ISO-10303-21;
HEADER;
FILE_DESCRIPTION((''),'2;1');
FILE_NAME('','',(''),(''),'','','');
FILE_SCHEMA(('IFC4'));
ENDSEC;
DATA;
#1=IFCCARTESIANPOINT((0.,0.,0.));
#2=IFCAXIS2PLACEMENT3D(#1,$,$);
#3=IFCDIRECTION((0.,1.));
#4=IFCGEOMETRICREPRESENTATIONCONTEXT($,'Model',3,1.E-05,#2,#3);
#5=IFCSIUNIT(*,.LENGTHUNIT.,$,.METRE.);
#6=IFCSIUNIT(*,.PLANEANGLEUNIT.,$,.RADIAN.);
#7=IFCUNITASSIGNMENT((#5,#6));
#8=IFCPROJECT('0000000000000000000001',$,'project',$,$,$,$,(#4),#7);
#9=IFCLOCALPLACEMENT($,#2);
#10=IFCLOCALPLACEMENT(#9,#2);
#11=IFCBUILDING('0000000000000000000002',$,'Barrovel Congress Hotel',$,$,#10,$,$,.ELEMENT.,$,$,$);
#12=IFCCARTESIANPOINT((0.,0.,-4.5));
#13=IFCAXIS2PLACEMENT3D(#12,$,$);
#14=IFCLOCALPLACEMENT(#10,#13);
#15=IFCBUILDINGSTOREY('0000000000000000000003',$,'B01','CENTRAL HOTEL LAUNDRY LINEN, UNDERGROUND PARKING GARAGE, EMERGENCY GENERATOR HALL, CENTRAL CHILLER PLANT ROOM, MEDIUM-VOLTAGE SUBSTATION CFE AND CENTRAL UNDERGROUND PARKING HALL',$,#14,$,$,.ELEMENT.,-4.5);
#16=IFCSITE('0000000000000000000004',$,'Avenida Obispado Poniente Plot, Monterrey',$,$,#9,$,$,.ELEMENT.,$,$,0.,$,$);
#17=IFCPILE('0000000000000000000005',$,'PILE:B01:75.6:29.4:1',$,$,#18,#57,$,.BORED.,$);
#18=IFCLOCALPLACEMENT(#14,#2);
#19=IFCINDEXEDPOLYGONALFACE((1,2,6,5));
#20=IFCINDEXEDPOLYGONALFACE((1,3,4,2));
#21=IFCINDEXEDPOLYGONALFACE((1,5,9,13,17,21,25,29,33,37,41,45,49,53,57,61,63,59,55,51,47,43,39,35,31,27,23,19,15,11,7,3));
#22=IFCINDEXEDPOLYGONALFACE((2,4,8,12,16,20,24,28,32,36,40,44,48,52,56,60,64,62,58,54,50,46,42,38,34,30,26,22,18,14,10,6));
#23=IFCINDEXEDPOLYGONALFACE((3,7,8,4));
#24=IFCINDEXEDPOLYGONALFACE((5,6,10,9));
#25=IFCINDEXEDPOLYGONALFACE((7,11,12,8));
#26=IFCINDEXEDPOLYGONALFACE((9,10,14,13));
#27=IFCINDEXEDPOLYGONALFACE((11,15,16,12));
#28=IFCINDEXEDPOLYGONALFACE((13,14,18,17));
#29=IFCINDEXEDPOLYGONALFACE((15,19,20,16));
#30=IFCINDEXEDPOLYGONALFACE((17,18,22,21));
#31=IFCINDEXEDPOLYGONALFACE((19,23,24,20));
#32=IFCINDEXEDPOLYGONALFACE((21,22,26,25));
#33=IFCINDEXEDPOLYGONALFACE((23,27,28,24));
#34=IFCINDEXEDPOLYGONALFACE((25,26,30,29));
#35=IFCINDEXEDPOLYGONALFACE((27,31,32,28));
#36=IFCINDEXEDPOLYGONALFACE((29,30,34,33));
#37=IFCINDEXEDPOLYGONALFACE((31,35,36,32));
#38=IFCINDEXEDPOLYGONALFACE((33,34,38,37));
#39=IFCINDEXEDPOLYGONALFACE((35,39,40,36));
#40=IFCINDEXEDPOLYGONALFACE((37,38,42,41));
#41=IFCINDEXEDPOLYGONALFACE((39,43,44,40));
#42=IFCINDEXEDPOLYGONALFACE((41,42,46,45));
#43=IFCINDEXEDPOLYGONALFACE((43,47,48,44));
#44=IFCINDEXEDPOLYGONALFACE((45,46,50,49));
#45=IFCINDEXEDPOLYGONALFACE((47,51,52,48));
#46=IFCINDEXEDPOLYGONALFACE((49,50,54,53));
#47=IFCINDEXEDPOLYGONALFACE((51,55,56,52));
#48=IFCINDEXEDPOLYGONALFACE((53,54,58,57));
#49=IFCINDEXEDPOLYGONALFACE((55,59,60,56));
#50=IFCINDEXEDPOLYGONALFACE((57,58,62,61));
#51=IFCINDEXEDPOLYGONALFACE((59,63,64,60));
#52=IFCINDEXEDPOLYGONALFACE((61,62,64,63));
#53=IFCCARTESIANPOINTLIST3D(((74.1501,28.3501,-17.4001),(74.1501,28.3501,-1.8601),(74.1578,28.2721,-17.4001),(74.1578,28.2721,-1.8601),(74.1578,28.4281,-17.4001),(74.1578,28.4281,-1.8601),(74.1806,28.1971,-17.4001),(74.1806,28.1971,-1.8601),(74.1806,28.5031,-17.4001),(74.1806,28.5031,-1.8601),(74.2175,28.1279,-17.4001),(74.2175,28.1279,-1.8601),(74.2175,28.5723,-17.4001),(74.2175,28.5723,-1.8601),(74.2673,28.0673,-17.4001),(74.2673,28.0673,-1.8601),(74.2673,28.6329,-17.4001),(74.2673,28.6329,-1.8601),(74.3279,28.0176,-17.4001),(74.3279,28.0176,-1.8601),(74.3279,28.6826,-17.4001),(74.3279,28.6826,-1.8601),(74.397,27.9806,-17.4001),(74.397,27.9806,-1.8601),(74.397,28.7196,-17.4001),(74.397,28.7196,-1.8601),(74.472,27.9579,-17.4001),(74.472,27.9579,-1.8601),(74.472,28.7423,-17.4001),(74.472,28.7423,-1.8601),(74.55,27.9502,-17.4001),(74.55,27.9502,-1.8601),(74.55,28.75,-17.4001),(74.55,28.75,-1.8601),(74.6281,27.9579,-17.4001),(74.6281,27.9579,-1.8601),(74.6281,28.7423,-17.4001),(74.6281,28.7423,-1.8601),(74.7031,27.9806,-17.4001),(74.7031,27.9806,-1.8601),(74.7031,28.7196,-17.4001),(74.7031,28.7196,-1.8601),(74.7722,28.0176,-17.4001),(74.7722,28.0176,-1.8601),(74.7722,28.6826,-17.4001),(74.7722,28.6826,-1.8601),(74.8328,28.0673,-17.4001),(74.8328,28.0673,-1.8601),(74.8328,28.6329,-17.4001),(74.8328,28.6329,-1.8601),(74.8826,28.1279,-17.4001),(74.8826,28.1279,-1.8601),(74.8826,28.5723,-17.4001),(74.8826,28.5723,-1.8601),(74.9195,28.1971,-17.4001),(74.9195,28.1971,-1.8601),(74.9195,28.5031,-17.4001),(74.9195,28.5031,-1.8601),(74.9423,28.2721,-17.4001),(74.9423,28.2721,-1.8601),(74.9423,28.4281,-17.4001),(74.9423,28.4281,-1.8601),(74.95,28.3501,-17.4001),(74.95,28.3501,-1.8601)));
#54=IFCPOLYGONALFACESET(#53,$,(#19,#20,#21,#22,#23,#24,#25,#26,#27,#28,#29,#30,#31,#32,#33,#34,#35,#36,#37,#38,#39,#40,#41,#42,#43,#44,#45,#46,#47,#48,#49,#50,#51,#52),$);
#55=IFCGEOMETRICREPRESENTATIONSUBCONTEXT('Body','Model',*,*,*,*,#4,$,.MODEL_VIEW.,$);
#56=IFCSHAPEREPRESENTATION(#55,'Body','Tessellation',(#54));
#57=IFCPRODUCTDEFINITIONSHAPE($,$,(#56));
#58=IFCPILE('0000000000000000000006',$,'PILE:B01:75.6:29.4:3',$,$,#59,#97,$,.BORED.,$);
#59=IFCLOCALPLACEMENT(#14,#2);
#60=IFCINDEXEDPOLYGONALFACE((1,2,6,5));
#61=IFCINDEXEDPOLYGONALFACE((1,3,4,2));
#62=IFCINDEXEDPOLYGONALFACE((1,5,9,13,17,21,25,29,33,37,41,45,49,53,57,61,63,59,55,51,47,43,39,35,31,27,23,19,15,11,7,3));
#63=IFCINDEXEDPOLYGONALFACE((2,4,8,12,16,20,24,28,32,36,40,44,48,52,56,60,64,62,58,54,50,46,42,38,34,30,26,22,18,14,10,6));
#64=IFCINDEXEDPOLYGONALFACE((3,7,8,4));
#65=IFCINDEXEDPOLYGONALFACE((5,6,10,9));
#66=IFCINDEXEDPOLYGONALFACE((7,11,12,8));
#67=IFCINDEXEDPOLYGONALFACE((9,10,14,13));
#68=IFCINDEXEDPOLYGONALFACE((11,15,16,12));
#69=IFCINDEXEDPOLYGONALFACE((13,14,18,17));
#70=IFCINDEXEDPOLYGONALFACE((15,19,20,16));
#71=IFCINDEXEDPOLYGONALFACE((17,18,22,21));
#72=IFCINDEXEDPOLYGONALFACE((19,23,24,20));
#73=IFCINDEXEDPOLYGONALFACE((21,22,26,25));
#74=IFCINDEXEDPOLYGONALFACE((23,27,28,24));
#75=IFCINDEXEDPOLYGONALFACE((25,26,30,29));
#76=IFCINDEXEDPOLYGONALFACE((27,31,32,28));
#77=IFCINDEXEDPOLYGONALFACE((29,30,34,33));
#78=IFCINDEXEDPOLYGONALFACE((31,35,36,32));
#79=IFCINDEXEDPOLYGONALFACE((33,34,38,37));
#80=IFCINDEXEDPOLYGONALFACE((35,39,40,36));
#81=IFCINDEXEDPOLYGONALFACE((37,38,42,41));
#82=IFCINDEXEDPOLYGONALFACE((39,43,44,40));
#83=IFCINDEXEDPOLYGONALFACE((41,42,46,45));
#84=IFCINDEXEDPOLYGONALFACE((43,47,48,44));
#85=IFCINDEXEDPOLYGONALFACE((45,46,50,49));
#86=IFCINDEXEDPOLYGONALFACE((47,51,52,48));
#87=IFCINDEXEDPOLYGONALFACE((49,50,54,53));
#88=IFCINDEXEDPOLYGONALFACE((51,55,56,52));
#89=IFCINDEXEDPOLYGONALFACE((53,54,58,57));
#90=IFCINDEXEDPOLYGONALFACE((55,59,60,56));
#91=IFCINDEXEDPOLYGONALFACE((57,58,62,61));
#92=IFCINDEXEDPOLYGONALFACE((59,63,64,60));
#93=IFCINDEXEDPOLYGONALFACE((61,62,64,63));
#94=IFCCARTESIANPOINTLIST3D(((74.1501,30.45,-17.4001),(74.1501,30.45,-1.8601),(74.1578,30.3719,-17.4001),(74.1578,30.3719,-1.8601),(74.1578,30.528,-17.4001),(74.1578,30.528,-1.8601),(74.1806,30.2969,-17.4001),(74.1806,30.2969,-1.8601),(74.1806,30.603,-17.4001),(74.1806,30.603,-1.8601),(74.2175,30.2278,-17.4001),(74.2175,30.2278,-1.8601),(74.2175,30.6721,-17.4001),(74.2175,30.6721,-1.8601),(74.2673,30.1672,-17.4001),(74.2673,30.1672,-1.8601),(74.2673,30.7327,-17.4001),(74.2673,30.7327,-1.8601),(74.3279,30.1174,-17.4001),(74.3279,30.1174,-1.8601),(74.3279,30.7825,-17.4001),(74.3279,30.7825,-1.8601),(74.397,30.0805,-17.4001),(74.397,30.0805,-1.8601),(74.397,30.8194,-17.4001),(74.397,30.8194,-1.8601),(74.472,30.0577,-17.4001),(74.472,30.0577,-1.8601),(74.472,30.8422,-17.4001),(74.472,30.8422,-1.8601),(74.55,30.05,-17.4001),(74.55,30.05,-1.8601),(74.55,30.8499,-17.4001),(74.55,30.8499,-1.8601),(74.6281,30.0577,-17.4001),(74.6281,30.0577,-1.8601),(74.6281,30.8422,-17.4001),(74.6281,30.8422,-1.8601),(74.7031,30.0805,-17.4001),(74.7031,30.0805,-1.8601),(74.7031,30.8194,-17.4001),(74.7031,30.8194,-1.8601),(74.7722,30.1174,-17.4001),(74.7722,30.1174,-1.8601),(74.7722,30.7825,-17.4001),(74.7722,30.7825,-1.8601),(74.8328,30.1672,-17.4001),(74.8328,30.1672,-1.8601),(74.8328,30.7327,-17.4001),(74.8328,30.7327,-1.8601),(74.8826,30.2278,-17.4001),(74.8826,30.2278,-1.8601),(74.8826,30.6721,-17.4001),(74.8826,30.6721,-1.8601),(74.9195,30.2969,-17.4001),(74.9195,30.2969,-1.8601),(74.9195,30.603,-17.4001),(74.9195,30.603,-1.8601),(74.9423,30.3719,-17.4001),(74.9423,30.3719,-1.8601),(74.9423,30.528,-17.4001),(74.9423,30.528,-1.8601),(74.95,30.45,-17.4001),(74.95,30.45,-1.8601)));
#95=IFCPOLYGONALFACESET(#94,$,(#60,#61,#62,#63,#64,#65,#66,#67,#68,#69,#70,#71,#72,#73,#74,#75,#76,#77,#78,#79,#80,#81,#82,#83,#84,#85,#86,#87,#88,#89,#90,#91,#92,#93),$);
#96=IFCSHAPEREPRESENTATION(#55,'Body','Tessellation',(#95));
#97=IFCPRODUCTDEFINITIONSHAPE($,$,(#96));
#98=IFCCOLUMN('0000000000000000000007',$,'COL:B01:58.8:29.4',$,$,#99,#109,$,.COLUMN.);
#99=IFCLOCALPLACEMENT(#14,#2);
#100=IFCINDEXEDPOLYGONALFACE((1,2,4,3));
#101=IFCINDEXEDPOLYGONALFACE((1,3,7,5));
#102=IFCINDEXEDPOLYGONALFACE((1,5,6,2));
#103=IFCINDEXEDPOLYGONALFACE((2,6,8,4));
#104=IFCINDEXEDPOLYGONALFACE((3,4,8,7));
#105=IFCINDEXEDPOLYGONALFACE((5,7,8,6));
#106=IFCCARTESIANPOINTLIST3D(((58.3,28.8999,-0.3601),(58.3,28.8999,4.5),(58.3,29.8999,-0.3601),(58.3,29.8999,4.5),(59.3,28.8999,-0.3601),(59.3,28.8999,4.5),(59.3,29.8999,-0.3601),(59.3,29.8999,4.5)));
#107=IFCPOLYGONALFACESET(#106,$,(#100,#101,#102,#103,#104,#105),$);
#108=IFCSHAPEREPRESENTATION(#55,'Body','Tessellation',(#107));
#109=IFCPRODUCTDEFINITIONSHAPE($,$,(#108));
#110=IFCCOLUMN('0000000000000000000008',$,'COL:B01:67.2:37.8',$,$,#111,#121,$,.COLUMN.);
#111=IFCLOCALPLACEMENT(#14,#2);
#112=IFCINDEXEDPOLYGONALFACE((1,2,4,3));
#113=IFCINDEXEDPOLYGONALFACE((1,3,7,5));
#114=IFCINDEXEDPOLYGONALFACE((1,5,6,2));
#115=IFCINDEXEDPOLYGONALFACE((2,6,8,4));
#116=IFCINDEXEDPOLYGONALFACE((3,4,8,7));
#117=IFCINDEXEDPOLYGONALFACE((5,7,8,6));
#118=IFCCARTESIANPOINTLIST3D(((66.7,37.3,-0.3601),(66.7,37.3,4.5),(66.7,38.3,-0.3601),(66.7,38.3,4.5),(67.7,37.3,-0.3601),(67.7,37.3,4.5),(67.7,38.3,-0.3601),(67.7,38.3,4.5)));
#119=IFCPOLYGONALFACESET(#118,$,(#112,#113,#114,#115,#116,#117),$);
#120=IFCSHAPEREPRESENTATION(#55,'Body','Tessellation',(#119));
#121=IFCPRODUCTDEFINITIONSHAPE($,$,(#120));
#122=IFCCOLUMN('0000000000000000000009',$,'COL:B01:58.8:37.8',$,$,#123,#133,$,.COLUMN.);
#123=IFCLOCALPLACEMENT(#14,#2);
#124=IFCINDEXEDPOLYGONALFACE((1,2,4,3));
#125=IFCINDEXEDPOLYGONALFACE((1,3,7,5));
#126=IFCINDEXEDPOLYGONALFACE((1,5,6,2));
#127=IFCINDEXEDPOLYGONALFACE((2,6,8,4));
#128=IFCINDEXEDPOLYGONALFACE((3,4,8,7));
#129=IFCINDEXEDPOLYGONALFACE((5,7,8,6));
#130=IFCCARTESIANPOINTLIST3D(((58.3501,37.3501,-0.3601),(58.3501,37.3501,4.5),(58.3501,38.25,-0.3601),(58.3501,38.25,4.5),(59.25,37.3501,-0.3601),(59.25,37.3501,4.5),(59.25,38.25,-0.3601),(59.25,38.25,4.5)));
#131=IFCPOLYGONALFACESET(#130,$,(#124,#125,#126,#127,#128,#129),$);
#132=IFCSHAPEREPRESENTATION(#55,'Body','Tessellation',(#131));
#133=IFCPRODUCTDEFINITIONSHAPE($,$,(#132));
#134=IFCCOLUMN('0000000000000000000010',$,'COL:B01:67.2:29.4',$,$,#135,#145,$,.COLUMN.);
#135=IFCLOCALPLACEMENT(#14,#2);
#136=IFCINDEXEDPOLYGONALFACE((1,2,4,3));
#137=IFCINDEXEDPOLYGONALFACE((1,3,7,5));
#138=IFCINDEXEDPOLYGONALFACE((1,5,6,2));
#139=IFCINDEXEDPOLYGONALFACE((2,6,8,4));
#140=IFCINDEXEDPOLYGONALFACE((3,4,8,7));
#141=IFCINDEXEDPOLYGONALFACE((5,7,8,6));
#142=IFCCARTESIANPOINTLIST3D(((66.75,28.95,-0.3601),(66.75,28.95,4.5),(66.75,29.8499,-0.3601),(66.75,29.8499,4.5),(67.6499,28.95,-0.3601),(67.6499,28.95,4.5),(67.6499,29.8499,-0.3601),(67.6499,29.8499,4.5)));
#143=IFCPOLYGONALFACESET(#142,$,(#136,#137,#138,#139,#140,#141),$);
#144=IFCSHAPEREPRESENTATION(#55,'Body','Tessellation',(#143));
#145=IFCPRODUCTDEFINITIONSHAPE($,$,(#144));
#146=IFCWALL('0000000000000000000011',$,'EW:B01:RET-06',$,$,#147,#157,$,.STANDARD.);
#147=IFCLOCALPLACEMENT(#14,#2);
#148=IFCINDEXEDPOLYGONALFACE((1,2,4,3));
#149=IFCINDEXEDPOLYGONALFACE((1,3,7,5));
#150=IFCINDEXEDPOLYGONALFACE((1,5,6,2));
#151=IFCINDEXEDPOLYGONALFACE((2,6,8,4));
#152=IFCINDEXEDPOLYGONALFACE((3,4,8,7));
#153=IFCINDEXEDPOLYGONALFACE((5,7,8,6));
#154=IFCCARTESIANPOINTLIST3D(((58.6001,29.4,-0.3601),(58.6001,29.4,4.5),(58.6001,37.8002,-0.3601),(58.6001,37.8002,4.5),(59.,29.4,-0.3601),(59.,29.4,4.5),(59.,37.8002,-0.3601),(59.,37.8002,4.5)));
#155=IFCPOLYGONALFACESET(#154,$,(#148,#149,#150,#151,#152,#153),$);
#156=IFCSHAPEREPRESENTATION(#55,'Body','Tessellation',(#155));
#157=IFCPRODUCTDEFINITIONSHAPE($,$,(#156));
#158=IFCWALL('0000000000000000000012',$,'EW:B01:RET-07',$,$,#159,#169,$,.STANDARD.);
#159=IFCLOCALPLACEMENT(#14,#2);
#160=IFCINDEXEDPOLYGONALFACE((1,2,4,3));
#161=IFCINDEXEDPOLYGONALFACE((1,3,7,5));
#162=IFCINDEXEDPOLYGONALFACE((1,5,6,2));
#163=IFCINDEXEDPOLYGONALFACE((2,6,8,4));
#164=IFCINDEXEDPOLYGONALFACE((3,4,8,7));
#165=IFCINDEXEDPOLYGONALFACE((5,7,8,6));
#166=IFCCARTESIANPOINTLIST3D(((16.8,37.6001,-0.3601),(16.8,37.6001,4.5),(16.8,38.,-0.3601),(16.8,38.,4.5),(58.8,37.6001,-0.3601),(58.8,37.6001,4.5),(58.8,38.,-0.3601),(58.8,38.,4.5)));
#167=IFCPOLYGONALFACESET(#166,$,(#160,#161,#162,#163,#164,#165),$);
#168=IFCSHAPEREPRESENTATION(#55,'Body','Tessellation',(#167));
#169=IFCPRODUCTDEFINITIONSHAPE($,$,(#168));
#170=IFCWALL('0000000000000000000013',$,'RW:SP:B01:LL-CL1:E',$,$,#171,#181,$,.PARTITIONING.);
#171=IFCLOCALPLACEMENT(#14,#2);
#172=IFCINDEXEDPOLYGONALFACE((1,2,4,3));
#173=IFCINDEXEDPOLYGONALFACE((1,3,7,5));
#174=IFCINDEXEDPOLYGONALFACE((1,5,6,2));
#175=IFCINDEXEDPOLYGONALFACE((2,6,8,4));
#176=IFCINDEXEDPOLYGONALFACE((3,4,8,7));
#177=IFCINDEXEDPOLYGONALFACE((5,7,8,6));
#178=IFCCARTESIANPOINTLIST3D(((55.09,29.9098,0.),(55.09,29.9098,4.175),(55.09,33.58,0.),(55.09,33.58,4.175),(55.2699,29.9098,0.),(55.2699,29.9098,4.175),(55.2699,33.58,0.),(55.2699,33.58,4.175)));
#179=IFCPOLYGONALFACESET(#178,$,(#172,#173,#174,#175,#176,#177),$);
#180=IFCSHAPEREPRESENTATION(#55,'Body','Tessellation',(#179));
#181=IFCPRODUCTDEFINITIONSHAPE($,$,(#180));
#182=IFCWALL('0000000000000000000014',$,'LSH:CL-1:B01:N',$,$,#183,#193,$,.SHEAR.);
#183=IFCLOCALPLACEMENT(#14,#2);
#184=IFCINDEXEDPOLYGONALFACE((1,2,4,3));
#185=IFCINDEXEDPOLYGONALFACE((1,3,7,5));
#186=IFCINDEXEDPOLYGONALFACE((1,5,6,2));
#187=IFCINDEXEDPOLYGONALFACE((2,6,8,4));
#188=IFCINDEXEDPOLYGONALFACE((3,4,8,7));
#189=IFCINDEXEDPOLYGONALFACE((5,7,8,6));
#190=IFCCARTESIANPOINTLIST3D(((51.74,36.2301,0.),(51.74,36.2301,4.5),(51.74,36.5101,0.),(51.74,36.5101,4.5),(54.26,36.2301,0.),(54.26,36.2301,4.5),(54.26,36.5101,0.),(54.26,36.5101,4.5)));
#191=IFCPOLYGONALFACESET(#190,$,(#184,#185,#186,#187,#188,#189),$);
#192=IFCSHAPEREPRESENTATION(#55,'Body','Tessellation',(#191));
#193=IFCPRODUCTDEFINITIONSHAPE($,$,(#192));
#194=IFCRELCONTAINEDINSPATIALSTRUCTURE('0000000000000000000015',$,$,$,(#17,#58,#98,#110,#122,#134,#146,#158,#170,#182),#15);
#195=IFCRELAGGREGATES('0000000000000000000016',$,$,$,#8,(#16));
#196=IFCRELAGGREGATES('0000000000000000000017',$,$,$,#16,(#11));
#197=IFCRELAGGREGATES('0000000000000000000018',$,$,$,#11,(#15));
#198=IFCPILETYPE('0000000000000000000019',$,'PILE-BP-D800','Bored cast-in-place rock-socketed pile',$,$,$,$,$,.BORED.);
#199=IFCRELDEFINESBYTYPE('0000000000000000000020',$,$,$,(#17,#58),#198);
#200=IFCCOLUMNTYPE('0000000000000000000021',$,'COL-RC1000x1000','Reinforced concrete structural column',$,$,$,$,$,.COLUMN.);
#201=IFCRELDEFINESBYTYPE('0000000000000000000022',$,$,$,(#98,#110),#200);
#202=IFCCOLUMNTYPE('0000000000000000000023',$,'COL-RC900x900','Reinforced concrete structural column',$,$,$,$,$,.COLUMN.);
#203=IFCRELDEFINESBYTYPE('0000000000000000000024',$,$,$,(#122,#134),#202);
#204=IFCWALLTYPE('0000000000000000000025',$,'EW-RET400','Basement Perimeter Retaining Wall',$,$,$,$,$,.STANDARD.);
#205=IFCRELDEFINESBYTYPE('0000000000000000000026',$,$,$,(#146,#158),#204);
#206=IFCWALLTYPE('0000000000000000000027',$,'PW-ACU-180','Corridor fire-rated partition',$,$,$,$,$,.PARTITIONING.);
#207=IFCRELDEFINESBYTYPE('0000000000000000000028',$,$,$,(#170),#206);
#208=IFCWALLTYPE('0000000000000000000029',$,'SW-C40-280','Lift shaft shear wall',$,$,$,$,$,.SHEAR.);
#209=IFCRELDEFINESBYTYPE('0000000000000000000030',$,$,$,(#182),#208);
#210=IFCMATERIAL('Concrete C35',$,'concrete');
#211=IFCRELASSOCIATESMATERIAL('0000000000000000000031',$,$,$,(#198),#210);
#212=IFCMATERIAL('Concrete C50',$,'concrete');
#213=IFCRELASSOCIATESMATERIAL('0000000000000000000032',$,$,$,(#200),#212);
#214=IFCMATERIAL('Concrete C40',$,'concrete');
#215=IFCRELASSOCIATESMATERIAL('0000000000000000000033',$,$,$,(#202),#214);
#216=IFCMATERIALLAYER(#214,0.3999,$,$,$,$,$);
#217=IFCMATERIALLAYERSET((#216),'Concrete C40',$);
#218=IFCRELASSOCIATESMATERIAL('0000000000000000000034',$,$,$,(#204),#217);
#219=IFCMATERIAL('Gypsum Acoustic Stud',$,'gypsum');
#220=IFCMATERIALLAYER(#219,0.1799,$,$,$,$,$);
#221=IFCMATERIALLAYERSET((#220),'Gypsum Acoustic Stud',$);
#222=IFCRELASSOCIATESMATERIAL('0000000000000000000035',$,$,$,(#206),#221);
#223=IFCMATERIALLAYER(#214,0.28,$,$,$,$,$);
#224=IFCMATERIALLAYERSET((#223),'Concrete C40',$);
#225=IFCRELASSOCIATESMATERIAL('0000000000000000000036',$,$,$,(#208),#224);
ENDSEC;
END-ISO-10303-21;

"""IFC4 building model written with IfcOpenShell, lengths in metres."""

from ifc_helpers import new_model, si_unit, direction, frame, frame_2d, origin, origin_2d, place, context, subcontext, project, spatial, rectangle, circle, extrude, material, layer, layer_set, material_profile, profile_set, type_object, element, save


model = new_model("IFC4")

# Units and contexts
model_context = context("Model", 3, precision=1e-05, world=origin(), true_north=direction((0.0, 1.0)))
body_context = subcontext(model_context, "Body", "Model", "MODEL_VIEW")
ifc_project = project(units=[si_unit("LENGTHUNIT", "METRE"), si_unit("PLANEANGLEUNIT", "RADIAN")], contexts=[model_context])

# Site, building, storey
site_placement = place(None, origin())
site = spatial("IfcSite", under=ifc_project, at=site_placement, Name="Avenida Obispado Poniente Plot, Monterrey", CompositionType="ELEMENT", RefElevation=0.0)
building_placement = place(site_placement, origin())
building = spatial("IfcBuilding", under=site, at=building_placement, Name="Barrovel Congress Hotel", CompositionType="ELEMENT")
storey_placement = place(building_placement, frame((0.0, 0.0, -4.5)))
storey = spatial("IfcBuildingStorey", under=building, at=storey_placement, Name="B01", Description="CENTRAL HOTEL LAUNDRY LINEN, UNDERGROUND PARKING GARAGE, EMERGENCY GENERATOR HALL, CENTRAL CHILLER PLANT ROOM, MEDIUM-VOLTAGE SUBSTATION CFE AND CENTRAL UNDERGROUND PARKING HALL", CompositionType="ELEMENT", Elevation=-4.5)

# Shared definitions
ifc_material_1 = material(Name="Concrete C40", Category="concrete")

# Piles
ifc_material_2 = material(Name="Concrete C35", Category="concrete")
ifc_material_profile_1 = material_profile(ifc_material_2, circle(Radius=0.3999, at=origin_2d()), Name="BP-D800")
ifc_profile_set_1 = profile_set([ifc_material_profile_1], Name="Concrete C35")
pile_type = type_object("IfcPileType", Name="PILE-BP-D800", Description="Bored cast-in-place rock-socketed pile", PredefinedType="BORED", material=ifc_profile_set_1)
for number, where, z_axis, x_axis, name in (
    (1, (74.55, 28.3501, -1.8601), (0.0, 0.0, -1.0), (1.0, 0.0, 0.0), "PILE:B01:75.6:29.4:1"),
    (2, (74.55, 30.45, -1.8601), (0.0, 0.0, -1.0), (1.0, 0.0, 0.0), "PILE:B01:75.6:29.4:3"),
):
    element("IfcPile", number, at=place(storey_placement, frame(where, z_axis=z_axis, x_axis=x_axis)), inside=storey, type_object=pile_type, Name=name, PredefinedType="BORED", context=body_context, shape_type="SweptSolid", body=[
        extrude(circle(Radius=0.3999, at=origin_2d()), origin(), (0.0, 0.0, 1.0), 15.54),
    ])

# Columns
ifc_material_3 = material(Name="Concrete C50", Category="concrete")
ifc_material_profile_2 = material_profile(ifc_material_3, rectangle(XDim=1.0, YDim=1.0, at=origin_2d()), Name="RC1000x1000")
ifc_profile_set_2 = profile_set([ifc_material_profile_2], Name="Concrete C50")
column_type_1 = type_object("IfcColumnType", Name="COL-RC1000x1000", Description="Reinforced concrete structural column", PredefinedType="COLUMN", material=ifc_profile_set_2)
for number, where, z_axis, x_axis, name in (
    (3, (58.8, 29.3999, -0.3601), (0.0, 0.0, 1.0), (1.0, 0.0, 0.0), "COL:B01:58.8:29.4"),
    (4, (67.2, 37.8, -0.3601), (0.0, 0.0, 1.0), (1.0, 0.0, 0.0), "COL:B01:67.2:37.8"),
):
    element("IfcColumn", number, at=place(storey_placement, frame(where, z_axis=z_axis, x_axis=x_axis)), inside=storey, type_object=column_type_1, Name=name, PredefinedType="COLUMN", context=body_context, shape_type="SweptSolid", body=[
        extrude(rectangle(XDim=1.0, YDim=1.0, at=origin_2d()), origin(), (0.0, 0.0, 1.0), 4.8601),
    ])
ifc_material_profile_3 = material_profile(ifc_material_1, rectangle(XDim=0.8999, YDim=0.8999, at=origin_2d()), Name="RC900x900")
ifc_profile_set_3 = profile_set([ifc_material_profile_3], Name="Concrete C40")
column_type_2 = type_object("IfcColumnType", Name="COL-RC900x900", Description="Reinforced concrete structural column", PredefinedType="COLUMN", material=ifc_profile_set_3)
for number, where, z_axis, x_axis, name in (
    (5, (58.8, 37.8, -0.3601), (0.0, 0.0, 1.0), (1.0, 0.0, 0.0), "COL:B01:58.8:37.8"),
    (6, (67.2, 29.3999, -0.3601), (0.0, 0.0, 1.0), (1.0, 0.0, 0.0), "COL:B01:67.2:29.4"),
):
    element("IfcColumn", number, at=place(storey_placement, frame(where, z_axis=z_axis, x_axis=x_axis)), inside=storey, type_object=column_type_2, Name=name, PredefinedType="COLUMN", context=body_context, shape_type="SweptSolid", body=[
        extrude(rectangle(XDim=0.8999, YDim=0.8999, at=origin_2d()), origin(), (0.0, 0.0, 1.0), 4.8601),
    ])

# Walls
ifc_layer_1 = layer(ifc_material_1, 0.3999)
ifc_layer_set_1 = layer_set([ifc_layer_1], Name="Concrete C40")
wall_type_1 = type_object("IfcWallType", Name="EW-RET400", Description="Basement Perimeter Retaining Wall", PredefinedType="STANDARD", material=ifc_layer_set_1)
wall_1_placement = place(storey_placement, frame((58.8, 29.3999, -0.3601), z_axis=(0.0, 0.0, 1.0), x_axis=(0.0, 1.0, 0.0)))
element("IfcWall", 7, at=wall_1_placement, inside=storey, type_object=wall_type_1, Name="EW:B01:RET-06", PredefinedType="STANDARD", context=body_context, shape_type="SweptSolid", body=[
    extrude(rectangle(XDim=8.4001, YDim=0.3999, at=frame_2d((4.2002, 0.0))), origin(), (0.0, 0.0, 1.0), 4.8601),
])
wall_2_placement = place(storey_placement, frame((58.8, 37.8, -0.3601), z_axis=(0.0, 0.0, 1.0), x_axis=(-1.0, 0.0, 0.0)))
element("IfcWall", 8, at=wall_2_placement, inside=storey, type_object=wall_type_1, Name="EW:B01:RET-07", PredefinedType="STANDARD", context=body_context, shape_type="SweptSolid", body=[
    extrude(rectangle(XDim=42.0, YDim=0.3999, at=frame_2d((21.0, 0.0))), origin(), (0.0, 0.0, 1.0), 4.8601),
])
ifc_material_4 = material(Name="Gypsum Acoustic Stud", Category="gypsum")
ifc_layer_2 = layer(ifc_material_4, 0.1799)
ifc_layer_set_2 = layer_set([ifc_layer_2], Name="Gypsum Acoustic Stud")
wall_type_2 = type_object("IfcWallType", Name="PW-ACU-180", Description="Corridor fire-rated partition", PredefinedType="PARTITIONING", material=ifc_layer_set_2)
wall_3_placement = place(storey_placement, frame((55.1799, 29.9099, 0.0), z_axis=(0.0, 0.0, 1.0), x_axis=(0.0, 1.0, 0.0)))
element("IfcWall", 9, at=wall_3_placement, inside=storey, type_object=wall_type_2, Name="RW:SP:B01:LL-CL1:E", PredefinedType="PARTITIONING", context=body_context, shape_type="SweptSolid", body=[
    extrude(rectangle(XDim=3.6702, YDim=0.1799, at=frame_2d((1.835, 0.0))), origin(), (0.0, 0.0, 1.0), 4.175),
])
ifc_layer_3 = layer(ifc_material_1, 0.28)
ifc_layer_set_3 = layer_set([ifc_layer_3], Name="Concrete C40")
wall_type_3 = type_object("IfcWallType", Name="SW-C40-280", Description="Lift shaft shear wall", PredefinedType="SHEAR", material=ifc_layer_set_3)
wall_4_placement = place(storey_placement, frame((54.26, 36.3701, 0.0), z_axis=(0.0, 0.0, 1.0), x_axis=(-1.0, 0.0, 0.0)))
element("IfcWall", 10, at=wall_4_placement, inside=storey, type_object=wall_type_3, Name="LSH:CL-1:B01:N", PredefinedType="SHEAR", context=body_context, shape_type="SweptSolid", body=[
    extrude(rectangle(XDim=2.52, YDim=0.28, at=frame_2d((1.26, 0.0))), origin(), (0.0, 0.0, 1.0), 4.5),
])

save(model, "model.ifc")
